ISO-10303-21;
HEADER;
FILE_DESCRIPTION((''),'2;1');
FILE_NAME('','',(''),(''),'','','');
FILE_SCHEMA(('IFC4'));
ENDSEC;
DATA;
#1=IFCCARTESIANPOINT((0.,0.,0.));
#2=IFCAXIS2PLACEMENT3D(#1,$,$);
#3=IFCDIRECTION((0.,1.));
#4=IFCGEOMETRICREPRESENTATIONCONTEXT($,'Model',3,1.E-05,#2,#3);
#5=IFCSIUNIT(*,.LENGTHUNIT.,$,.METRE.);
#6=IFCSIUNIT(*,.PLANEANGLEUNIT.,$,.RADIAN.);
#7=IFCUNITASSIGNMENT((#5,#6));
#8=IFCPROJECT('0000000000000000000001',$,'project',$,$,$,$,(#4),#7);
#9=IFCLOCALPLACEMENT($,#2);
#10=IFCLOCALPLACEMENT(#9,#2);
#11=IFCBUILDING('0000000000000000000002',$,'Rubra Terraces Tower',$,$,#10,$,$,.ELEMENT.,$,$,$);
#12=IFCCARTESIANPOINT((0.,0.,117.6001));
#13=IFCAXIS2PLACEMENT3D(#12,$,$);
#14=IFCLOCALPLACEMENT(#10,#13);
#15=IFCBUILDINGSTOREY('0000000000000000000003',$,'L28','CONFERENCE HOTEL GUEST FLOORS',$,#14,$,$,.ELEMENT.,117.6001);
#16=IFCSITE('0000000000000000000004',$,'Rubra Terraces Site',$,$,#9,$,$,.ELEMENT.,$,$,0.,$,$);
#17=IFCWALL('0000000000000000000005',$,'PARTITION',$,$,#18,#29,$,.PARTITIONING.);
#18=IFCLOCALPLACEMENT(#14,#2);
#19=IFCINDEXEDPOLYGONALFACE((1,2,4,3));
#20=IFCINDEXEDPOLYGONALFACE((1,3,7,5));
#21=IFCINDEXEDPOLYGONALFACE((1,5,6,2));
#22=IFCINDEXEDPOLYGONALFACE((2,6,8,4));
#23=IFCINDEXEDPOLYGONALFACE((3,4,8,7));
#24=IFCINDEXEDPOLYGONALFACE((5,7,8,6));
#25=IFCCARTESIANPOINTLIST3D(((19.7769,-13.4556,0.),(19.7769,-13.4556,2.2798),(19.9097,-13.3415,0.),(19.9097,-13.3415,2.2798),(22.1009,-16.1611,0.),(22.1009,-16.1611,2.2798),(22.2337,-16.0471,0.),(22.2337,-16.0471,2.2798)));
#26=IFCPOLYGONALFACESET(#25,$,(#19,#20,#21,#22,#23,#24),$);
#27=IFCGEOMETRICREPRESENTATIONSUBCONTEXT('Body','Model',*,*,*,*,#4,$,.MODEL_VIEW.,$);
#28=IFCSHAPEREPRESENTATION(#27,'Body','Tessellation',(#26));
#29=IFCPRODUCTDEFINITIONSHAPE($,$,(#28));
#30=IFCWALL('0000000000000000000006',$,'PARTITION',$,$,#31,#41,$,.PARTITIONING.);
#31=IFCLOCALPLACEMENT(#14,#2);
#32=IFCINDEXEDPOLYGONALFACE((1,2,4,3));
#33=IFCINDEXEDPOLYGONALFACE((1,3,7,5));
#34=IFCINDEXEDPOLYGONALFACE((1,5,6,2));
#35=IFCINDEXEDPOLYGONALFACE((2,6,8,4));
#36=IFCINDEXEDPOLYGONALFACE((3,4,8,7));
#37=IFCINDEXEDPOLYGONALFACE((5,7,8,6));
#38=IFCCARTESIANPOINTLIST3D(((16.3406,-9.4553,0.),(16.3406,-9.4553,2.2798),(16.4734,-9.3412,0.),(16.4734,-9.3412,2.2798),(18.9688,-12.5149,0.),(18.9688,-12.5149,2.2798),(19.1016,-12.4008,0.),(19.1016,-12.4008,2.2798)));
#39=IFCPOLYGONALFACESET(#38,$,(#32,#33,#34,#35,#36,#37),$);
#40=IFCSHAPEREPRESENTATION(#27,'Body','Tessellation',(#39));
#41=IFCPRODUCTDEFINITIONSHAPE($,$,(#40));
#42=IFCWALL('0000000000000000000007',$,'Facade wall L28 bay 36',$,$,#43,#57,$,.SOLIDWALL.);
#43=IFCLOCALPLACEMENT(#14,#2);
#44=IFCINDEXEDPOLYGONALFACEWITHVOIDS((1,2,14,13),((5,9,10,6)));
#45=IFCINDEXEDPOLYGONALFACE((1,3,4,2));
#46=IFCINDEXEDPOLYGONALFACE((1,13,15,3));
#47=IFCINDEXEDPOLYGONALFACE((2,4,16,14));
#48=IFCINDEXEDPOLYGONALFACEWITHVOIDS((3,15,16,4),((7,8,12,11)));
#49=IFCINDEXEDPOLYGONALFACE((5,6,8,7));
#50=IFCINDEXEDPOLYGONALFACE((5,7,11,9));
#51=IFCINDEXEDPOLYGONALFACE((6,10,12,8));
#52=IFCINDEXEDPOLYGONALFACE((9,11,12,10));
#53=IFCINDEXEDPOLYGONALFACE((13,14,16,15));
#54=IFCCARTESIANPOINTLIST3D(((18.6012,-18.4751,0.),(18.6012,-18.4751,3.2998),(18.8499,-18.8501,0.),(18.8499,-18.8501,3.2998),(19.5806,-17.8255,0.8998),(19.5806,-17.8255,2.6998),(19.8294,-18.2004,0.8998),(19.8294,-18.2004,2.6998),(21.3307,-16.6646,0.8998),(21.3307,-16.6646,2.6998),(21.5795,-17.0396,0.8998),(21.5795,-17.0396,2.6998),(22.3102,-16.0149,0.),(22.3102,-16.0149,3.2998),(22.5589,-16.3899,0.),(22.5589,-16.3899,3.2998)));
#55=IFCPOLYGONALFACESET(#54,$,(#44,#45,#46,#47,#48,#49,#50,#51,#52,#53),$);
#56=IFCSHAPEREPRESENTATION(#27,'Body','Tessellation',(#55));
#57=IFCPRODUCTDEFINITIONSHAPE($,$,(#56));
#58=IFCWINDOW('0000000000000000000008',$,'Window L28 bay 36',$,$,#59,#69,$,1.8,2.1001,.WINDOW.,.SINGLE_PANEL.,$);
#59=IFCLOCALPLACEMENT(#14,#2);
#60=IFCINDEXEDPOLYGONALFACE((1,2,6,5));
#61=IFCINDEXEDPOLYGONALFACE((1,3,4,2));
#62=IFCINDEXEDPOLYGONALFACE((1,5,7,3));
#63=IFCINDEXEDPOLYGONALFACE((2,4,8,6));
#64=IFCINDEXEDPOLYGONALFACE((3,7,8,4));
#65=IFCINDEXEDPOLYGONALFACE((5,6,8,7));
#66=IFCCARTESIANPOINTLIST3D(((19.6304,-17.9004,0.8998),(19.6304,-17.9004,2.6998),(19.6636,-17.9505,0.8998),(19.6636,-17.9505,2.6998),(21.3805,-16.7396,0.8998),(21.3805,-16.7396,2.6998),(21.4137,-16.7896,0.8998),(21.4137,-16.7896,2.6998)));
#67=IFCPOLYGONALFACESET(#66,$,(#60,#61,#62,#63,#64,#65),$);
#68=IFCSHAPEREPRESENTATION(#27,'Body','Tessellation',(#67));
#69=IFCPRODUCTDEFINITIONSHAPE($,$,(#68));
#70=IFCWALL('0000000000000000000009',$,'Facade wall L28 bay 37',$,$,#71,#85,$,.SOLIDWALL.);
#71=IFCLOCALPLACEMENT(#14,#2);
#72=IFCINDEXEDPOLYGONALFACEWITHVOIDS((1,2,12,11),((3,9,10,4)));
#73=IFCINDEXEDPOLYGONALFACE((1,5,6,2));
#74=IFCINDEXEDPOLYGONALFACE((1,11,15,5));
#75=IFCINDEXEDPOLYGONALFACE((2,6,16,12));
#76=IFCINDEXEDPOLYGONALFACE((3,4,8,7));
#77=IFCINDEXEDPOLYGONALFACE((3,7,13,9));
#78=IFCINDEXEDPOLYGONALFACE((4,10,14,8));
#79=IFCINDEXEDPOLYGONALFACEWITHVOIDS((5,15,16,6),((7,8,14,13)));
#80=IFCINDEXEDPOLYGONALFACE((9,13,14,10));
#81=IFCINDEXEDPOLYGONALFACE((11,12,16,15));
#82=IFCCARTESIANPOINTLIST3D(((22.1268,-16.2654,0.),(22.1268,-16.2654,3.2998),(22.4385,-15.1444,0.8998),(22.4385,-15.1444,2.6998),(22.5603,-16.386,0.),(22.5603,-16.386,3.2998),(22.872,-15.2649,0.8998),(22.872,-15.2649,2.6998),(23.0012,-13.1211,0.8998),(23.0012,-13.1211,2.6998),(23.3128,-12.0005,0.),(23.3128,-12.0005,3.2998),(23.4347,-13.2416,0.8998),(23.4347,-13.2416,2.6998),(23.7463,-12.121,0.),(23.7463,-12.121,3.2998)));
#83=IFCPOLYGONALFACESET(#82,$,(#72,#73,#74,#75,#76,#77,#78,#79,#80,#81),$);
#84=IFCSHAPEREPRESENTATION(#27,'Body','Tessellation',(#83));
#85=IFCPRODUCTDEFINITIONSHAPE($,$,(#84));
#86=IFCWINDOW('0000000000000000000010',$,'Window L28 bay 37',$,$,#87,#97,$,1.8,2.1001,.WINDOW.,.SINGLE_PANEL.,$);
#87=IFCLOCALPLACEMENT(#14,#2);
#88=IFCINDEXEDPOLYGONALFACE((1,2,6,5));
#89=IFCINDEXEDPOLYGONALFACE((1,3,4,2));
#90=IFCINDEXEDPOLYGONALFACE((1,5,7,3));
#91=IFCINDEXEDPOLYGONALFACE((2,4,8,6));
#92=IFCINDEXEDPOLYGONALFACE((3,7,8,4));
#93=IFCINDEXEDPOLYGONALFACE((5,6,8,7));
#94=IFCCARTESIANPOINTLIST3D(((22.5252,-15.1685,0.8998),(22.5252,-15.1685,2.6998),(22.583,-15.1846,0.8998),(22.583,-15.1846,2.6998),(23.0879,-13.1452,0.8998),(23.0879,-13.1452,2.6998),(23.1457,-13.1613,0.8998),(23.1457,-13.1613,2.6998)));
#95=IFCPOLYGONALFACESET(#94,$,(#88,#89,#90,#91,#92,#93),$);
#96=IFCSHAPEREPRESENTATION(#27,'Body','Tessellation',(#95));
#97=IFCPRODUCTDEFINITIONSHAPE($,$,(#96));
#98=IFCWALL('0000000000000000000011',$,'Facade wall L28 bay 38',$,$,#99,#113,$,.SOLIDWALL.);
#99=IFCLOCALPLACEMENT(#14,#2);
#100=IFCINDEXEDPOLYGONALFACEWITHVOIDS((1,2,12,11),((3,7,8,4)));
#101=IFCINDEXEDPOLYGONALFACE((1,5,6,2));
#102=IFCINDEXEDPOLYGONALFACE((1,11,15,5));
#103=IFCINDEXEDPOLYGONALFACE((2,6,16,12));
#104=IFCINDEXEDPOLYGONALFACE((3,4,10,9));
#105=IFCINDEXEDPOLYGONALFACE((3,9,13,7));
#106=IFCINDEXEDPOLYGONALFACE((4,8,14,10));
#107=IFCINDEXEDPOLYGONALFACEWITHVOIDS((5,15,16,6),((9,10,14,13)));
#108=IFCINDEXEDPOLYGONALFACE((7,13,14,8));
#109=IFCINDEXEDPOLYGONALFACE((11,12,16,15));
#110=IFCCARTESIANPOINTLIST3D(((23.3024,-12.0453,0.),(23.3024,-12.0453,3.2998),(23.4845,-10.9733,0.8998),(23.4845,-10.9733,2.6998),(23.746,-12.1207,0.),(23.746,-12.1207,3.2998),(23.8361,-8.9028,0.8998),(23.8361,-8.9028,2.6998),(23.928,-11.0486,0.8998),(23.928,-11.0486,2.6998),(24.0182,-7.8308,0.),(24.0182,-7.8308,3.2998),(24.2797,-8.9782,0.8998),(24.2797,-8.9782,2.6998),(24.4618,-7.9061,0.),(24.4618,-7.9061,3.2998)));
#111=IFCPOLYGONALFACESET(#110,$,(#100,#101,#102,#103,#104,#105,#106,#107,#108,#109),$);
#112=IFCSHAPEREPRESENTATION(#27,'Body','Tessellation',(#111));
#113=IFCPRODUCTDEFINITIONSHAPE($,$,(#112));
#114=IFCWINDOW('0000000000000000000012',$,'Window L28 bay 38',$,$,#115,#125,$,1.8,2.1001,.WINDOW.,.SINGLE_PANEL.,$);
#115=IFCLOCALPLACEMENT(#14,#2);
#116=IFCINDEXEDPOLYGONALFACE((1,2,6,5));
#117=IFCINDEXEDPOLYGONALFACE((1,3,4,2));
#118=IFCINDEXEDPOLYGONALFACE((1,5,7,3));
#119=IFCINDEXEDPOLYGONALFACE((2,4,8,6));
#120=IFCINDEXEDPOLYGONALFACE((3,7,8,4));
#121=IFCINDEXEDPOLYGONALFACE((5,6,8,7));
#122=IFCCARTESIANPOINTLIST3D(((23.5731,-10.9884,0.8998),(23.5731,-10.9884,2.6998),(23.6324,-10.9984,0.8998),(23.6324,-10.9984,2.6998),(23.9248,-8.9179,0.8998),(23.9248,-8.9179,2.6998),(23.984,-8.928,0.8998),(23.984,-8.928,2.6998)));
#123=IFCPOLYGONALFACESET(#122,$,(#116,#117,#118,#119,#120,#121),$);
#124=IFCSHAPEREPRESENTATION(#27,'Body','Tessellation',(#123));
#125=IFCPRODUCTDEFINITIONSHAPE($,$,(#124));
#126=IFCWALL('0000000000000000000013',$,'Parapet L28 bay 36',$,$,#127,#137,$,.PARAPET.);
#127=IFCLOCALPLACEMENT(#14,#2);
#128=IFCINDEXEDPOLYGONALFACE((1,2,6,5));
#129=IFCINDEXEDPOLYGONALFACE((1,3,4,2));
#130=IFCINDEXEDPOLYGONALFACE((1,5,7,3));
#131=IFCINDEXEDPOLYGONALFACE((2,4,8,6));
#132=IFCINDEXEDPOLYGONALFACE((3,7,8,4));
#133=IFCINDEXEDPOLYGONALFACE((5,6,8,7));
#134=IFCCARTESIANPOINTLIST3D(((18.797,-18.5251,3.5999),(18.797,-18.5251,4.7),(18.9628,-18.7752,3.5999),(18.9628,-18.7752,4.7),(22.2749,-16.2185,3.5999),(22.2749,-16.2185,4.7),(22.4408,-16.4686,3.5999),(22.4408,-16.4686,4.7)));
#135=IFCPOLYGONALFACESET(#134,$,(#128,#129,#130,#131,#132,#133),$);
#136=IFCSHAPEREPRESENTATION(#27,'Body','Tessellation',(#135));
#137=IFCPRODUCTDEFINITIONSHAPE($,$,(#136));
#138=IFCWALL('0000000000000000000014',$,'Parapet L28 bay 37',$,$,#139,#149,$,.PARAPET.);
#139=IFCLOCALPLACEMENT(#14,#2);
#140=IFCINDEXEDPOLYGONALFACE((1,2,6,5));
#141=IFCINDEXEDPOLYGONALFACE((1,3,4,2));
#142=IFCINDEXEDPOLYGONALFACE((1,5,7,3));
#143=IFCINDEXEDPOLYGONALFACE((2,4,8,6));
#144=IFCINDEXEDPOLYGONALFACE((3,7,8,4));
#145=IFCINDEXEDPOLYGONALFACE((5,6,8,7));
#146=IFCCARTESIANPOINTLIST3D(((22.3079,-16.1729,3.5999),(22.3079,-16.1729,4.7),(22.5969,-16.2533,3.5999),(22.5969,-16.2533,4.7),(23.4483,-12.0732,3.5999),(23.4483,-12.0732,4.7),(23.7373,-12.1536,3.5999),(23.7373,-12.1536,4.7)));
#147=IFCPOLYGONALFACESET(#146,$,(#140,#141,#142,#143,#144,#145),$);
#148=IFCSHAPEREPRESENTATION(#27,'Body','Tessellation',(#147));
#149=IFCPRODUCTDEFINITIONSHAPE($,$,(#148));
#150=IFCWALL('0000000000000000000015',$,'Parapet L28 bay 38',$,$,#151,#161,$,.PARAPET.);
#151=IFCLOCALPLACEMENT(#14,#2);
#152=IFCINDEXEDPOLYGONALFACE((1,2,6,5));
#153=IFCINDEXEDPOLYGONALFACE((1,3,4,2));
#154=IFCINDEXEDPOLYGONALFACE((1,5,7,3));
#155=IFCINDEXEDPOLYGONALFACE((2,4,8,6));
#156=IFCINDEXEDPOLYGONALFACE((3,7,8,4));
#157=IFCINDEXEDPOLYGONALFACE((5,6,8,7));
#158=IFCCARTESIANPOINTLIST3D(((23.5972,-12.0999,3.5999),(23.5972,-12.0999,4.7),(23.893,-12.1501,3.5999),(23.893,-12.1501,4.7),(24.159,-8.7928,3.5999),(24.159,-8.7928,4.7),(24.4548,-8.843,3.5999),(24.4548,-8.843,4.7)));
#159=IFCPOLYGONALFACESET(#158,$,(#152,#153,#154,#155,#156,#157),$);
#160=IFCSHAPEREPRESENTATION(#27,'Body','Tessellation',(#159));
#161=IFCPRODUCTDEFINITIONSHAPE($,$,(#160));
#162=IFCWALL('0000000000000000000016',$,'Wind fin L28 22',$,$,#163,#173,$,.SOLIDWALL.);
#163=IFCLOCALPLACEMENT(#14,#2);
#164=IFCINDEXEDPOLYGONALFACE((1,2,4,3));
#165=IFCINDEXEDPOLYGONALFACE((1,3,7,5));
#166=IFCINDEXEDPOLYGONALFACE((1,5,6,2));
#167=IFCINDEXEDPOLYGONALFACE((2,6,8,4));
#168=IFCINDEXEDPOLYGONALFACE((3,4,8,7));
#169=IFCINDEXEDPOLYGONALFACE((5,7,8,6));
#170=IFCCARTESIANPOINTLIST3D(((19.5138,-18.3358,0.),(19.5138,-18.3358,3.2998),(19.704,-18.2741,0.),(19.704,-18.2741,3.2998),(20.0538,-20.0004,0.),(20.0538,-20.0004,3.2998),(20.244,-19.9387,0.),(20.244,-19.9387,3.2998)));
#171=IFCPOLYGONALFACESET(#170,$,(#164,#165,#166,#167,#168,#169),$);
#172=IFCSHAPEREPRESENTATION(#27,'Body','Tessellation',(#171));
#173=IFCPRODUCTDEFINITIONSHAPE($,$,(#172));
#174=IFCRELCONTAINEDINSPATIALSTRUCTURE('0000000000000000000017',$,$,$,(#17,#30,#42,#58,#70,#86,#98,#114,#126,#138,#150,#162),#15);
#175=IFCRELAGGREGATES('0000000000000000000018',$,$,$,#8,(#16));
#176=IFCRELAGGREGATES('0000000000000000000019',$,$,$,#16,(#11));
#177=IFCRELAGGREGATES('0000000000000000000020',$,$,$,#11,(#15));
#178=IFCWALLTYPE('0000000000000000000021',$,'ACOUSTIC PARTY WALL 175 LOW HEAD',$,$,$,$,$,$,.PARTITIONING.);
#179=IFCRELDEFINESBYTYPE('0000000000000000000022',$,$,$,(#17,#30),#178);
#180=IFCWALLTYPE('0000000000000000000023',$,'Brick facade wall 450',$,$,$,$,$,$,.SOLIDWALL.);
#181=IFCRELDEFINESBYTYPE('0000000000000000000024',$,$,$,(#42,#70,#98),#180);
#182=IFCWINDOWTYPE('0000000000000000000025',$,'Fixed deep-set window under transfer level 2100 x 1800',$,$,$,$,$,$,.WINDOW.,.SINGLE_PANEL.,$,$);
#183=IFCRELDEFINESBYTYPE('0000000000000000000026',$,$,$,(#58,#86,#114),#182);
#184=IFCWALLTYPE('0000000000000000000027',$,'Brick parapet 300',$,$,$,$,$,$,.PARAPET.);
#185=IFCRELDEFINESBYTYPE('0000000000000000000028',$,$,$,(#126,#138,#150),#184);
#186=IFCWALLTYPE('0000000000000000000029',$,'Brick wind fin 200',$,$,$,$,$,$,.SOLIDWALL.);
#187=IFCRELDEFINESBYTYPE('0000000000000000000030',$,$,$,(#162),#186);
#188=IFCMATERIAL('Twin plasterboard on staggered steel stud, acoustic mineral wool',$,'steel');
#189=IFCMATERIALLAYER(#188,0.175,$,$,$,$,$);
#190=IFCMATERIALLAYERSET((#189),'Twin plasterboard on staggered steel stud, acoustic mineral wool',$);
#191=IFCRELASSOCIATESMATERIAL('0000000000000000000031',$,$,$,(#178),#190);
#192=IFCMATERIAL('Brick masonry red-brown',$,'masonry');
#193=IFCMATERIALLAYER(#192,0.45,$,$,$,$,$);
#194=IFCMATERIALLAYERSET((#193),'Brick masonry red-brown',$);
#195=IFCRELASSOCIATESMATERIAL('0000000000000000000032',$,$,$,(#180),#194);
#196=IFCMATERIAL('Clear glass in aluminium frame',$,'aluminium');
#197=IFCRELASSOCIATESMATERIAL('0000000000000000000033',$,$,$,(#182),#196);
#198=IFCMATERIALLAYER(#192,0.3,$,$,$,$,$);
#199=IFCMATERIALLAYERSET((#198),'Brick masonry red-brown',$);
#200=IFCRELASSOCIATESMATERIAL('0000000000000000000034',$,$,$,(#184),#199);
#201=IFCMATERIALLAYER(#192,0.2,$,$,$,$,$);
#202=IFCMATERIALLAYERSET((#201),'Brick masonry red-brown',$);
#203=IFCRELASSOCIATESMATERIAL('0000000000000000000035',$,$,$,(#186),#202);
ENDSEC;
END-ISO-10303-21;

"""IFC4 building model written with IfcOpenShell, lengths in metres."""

from ifc_helpers import new_model, si_unit, direction, frame, frame_2d, origin, place, context, subcontext, project, spatial, rectangle, extrude, material, layer, layer_set, type_object, element, fill, save


model = new_model("IFC4")

# Units and contexts
model_context = context("Model", 3, precision=1e-05, world=origin(), true_north=direction((0.0, 1.0)))
body_context = subcontext(model_context, "Body", "Model", "MODEL_VIEW")
ifc_project = project(units=[si_unit("LENGTHUNIT", "METRE"), si_unit("PLANEANGLEUNIT", "RADIAN")], contexts=[model_context])

# Site, building, storey
site_placement = place(None, origin())
site = spatial("IfcSite", under=ifc_project, at=site_placement, Name="Rubra Terraces Site", CompositionType="ELEMENT", RefElevation=0.0)
building_placement = place(site_placement, origin())
building = spatial("IfcBuilding", under=site, at=building_placement, Name="Rubra Terraces Tower", CompositionType="ELEMENT")
storey_placement = place(building_placement, frame((0.0, 0.0, 117.6001)))
storey = spatial("IfcBuildingStorey", under=building, at=storey_placement, Name="L28", Description="CONFERENCE HOTEL GUEST FLOORS", CompositionType="ELEMENT", Elevation=117.6001)

# Walls
ifc_material_1 = material(Name="Twin plasterboard on staggered steel stud, acoustic mineral wool", Category="steel")
ifc_layer_1 = layer(ifc_material_1, 0.175)
ifc_layer_set_1 = layer_set([ifc_layer_1], Name="Twin plasterboard on staggered steel stud, acoustic mineral wool")
wall_type_1 = type_object("IfcWallType", Name="ACOUSTIC PARTY WALL 175 LOW HEAD", PredefinedType="PARTITIONING", material=ifc_layer_set_1)
wall_1_placement = place(storey_placement, frame((22.1672, -16.104, 0.0), z_axis=(0.0, 0.0, 1.0), x_axis=(-0.651586, 0.758575, 0.0)))
element("IfcWall", 1, at=wall_1_placement, inside=storey, type_object=wall_type_1, Name="PARTITION", PredefinedType="PARTITIONING", context=body_context, shape_type="SweptSolid", body=[
    extrude(rectangle(XDim=3.5667, YDim=0.175, at=frame_2d((1.7832, 0.0))), origin(), (0.0, 0.0, 1.0), 2.2798),
])
wall_2_placement = place(storey_placement, frame((19.0352, -12.4578, 0.0), z_axis=(0.0, 0.0, 1.0), x_axis=(-0.651604, 0.75856, 0.0)))
element("IfcWall", 2, at=wall_2_placement, inside=storey, type_object=wall_type_1, Name="PARTITION", PredefinedType="PARTITIONING", context=body_context, shape_type="SweptSolid", body=[
    extrude(rectangle(XDim=4.0334, YDim=0.175, at=frame_2d((2.0166, 0.0))), origin(), (0.0, 0.0, 1.0), 2.2798),
])

# Walls, openings, windows
ifc_material_2 = material(Name="Brick masonry red-brown", Category="masonry")
ifc_layer_2 = layer(ifc_material_2, 0.45)
ifc_layer_set_2 = layer_set([ifc_layer_2], Name="Brick masonry red-brown")
wall_type_2 = type_object("IfcWallType", Name="Brick facade wall 450", PredefinedType="SOLIDWALL", material=ifc_layer_set_2)
wall_3_placement = place(storey_placement, frame((18.7256, -18.6626, 0.0), z_axis=(0.0, 0.0, 1.0), x_axis=(0.833339, 0.552762, 0.0)))
wall_3 = element("IfcWall", 3, at=wall_3_placement, inside=storey, type_object=wall_type_2, Name="Facade wall L28 bay 36", PredefinedType="SOLIDWALL", context=body_context, shape_type="SweptSolid", body=[
    extrude(rectangle(XDim=4.4507, YDim=0.45, at=frame_2d((2.2253, 0.0))), origin(), (0.0, 0.0, 1.0), 3.2998),
])
opening_1_placement = place(wall_3_placement, frame((1.1753, 0.0, 0.8999)))
opening_1 = element("IfcOpeningElement", 4, at=opening_1_placement, cuts=wall_3, PredefinedType="OPENING", context=body_context, shape_type="SweptSolid", body=[
    extrude(rectangle(XDim=2.1001, YDim=1.8, at=frame_2d((1.05, 0.8999))), frame((0.0, 0.2349, 0.0), z_axis=(0.0, -1.0, 0.0), x_axis=(1.0, 0.0, 0.0)), (0.0, 0.0, 1.0), 0.47),
])
ifc_material_3 = material(Name="Clear glass in aluminium frame", Category="aluminium")
window_type = type_object("IfcWindowType", Name="Fixed deep-set window under transfer level 2100 x 1800", PartitioningType="SINGLE_PANEL", PredefinedType="WINDOW", material=ifc_material_3)
window_1_placement = place(opening_1_placement, origin())
window_1 = element("IfcWindow", 5, at=window_1_placement, inside=storey, type_object=window_type, Name="Window L28 bay 36", OverallHeight=1.8, OverallWidth=2.1001, PartitioningType="SINGLE_PANEL", PredefinedType="WINDOW", context=body_context, shape_type="SweptSolid", body=[
    extrude(rectangle(XDim=2.1001, YDim=1.8, at=frame_2d((1.05, 0.8999))), frame((0.0, 0.135, 0.0), z_axis=(0.0, -1.0, 0.0), x_axis=(1.0, 0.0, 0.0)), (0.0, 0.0, 1.0), 0.0601),
])
fill(opening_1, window_1)
wall_4_placement = place(storey_placement, frame((22.3435, -16.3257, 0.0), z_axis=(0.0, 0.0, 1.0), x_axis=(0.267925, 0.96344, 0.0)))
wall_4 = element("IfcWall", 6, at=wall_4_placement, inside=storey, type_object=wall_type_2, Name="Facade wall L28 bay 37", PredefinedType="SOLIDWALL", context=body_context, shape_type="SweptSolid", body=[
    extrude(rectangle(XDim=4.4268, YDim=0.45, at=frame_2d((2.2134, 0.0))), origin(), (0.0, 0.0, 1.0), 3.2998),
])
opening_2_placement = place(wall_4_placement, frame((1.1636, 0.0, 0.8999)))
opening_2 = element("IfcOpeningElement", 7, at=opening_2_placement, cuts=wall_4, PredefinedType="OPENING", context=body_context, shape_type="SweptSolid", body=[
    extrude(rectangle(XDim=2.1001, YDim=1.8, at=frame_2d((1.05, 0.8999))), frame((0.0, 0.2349, 0.0), z_axis=(0.0, -1.0, 0.0), x_axis=(1.0, 0.0, 0.0)), (0.0, 0.0, 1.0), 0.47),
])
window_2_placement = place(opening_2_placement, origin())
window_2 = element("IfcWindow", 8, at=window_2_placement, inside=storey, type_object=window_type, Name="Window L28 bay 37", OverallHeight=1.8, OverallWidth=2.1001, PartitioningType="SINGLE_PANEL", PredefinedType="WINDOW", context=body_context, shape_type="SweptSolid", body=[
    extrude(rectangle(XDim=2.1001, YDim=1.8, at=frame_2d((1.05, 0.8999))), frame((0.0, 0.135, 0.0), z_axis=(0.0, -1.0, 0.0), x_axis=(1.0, 0.0, 0.0)), (0.0, 0.0, 1.0), 0.0601),
])
fill(opening_2, window_2)
wall_5_placement = place(storey_placement, frame((23.5242, -12.083, 0.0), z_axis=(0.0, 0.0, 1.0), x_axis=(0.167445, 0.985881, 0.0)))
wall_5 = element("IfcWall", 9, at=wall_5_placement, inside=storey, type_object=wall_type_2, Name="Facade wall L28 bay 38", PredefinedType="SOLIDWALL", context=body_context, shape_type="SweptSolid", body=[
    extrude(rectangle(XDim=4.2749, YDim=0.45, at=frame_2d((2.1375, 0.0))), origin(), (0.0, 0.0, 1.0), 3.2998),
])
opening_3_placement = place(wall_5_placement, frame((1.0874, 0.0, 0.8999)))
opening_3 = element("IfcOpeningElement", 10, at=opening_3_placement, cuts=wall_5, PredefinedType="OPENING", context=body_context, shape_type="SweptSolid", body=[
    extrude(rectangle(XDim=2.1001, YDim=1.8, at=frame_2d((1.05, 0.8999))), frame((0.0, 0.2349, 0.0), z_axis=(0.0, -1.0, 0.0), x_axis=(1.0, 0.0, 0.0)), (0.0, 0.0, 1.0), 0.47),
])
window_3_placement = place(opening_3_placement, origin())
window_3 = element("IfcWindow", 11, at=window_3_placement, inside=storey, type_object=window_type, Name="Window L28 bay 38", OverallHeight=1.8, OverallWidth=2.1001, PartitioningType="SINGLE_PANEL", PredefinedType="WINDOW", context=body_context, shape_type="SweptSolid", body=[
    extrude(rectangle(XDim=2.1001, YDim=1.8, at=frame_2d((1.05, 0.8999))), frame((0.0, 0.135, 0.0), z_axis=(0.0, -1.0, 0.0), x_axis=(1.0, 0.0, 0.0)), (0.0, 0.0, 1.0), 0.0601),
])
fill(opening_3, window_3)

# Walls
ifc_layer_3 = layer(ifc_material_2, 0.3)
ifc_layer_set_3 = layer_set([ifc_layer_3], Name="Brick masonry red-brown")
wall_type_3 = type_object("IfcWallType", Name="Brick parapet 300", PredefinedType="PARAPET", material=ifc_layer_set_3)
wall_6_placement = place(storey_placement, frame((18.8799, -18.6501, 3.5999), z_axis=(0.0, 0.0, 1.0), x_axis=(0.83338, 0.552701, 0.0)))
element("IfcWall", 12, at=wall_6_placement, inside=storey, type_object=wall_type_3, Name="Parapet L28 bay 36", PredefinedType="PARAPET", context=body_context, shape_type="SweptSolid", body=[
    extrude(rectangle(XDim=4.1733, YDim=0.3, at=frame_2d((2.0867, 0.0))), origin(), (0.0, 0.0, 1.0), 1.1001),
])
wall_7_placement = place(storey_placement, frame((22.4524, -16.2131, 3.5999), z_axis=(0.0, 0.0, 1.0), x_axis=(0.267993, 0.963421, 0.0)))
element("IfcWall", 13, at=wall_7_placement, inside=storey, type_object=wall_type_3, Name="Parapet L28 bay 37", PredefinedType="PARAPET", context=body_context, shape_type="SweptSolid", body=[
    extrude(rectangle(XDim=4.2554, YDim=0.3, at=frame_2d((2.1277, 0.0))), origin(), (0.0, 0.0, 1.0), 1.1001),
])
wall_8_placement = place(storey_placement, frame((23.7451, -12.125, 3.5999), z_axis=(0.0, 0.0, 1.0), x_axis=(0.167467, 0.985878, 0.0)))
element("IfcWall", 14, at=wall_8_placement, inside=storey, type_object=wall_type_3, Name="Parapet L28 bay 38", PredefinedType="PARAPET", context=body_context, shape_type="SweptSolid", body=[
    extrude(rectangle(XDim=3.3545, YDim=0.3, at=frame_2d((1.6772, 0.0))), origin(), (0.0, 0.0, 1.0), 1.1001),
])
ifc_layer_4 = layer(ifc_material_2, 0.2)
ifc_layer_set_4 = layer_set([ifc_layer_4], Name="Brick masonry red-brown")
wall_type_4 = type_object("IfcWallType", Name="Brick wind fin 200", PredefinedType="SOLIDWALL", material=ifc_layer_set_4)
wall_9_placement = place(storey_placement, frame((19.6089, -18.3049, 0.0), z_axis=(0.0, 0.0, 1.0), x_axis=(0.3086, -0.951192, 0.0)))
element("IfcWall", 15, at=wall_9_placement, inside=storey, type_object=wall_type_4, Name="Wind fin L28 22", PredefinedType="SOLIDWALL", context=body_context, shape_type="SweptSolid", body=[
    extrude(rectangle(XDim=1.75, YDim=0.2, at=frame_2d((0.875, 0.0))), origin(), (0.0, 0.0, 1.0), 3.2998),
])

save(model, "model.ifc")
